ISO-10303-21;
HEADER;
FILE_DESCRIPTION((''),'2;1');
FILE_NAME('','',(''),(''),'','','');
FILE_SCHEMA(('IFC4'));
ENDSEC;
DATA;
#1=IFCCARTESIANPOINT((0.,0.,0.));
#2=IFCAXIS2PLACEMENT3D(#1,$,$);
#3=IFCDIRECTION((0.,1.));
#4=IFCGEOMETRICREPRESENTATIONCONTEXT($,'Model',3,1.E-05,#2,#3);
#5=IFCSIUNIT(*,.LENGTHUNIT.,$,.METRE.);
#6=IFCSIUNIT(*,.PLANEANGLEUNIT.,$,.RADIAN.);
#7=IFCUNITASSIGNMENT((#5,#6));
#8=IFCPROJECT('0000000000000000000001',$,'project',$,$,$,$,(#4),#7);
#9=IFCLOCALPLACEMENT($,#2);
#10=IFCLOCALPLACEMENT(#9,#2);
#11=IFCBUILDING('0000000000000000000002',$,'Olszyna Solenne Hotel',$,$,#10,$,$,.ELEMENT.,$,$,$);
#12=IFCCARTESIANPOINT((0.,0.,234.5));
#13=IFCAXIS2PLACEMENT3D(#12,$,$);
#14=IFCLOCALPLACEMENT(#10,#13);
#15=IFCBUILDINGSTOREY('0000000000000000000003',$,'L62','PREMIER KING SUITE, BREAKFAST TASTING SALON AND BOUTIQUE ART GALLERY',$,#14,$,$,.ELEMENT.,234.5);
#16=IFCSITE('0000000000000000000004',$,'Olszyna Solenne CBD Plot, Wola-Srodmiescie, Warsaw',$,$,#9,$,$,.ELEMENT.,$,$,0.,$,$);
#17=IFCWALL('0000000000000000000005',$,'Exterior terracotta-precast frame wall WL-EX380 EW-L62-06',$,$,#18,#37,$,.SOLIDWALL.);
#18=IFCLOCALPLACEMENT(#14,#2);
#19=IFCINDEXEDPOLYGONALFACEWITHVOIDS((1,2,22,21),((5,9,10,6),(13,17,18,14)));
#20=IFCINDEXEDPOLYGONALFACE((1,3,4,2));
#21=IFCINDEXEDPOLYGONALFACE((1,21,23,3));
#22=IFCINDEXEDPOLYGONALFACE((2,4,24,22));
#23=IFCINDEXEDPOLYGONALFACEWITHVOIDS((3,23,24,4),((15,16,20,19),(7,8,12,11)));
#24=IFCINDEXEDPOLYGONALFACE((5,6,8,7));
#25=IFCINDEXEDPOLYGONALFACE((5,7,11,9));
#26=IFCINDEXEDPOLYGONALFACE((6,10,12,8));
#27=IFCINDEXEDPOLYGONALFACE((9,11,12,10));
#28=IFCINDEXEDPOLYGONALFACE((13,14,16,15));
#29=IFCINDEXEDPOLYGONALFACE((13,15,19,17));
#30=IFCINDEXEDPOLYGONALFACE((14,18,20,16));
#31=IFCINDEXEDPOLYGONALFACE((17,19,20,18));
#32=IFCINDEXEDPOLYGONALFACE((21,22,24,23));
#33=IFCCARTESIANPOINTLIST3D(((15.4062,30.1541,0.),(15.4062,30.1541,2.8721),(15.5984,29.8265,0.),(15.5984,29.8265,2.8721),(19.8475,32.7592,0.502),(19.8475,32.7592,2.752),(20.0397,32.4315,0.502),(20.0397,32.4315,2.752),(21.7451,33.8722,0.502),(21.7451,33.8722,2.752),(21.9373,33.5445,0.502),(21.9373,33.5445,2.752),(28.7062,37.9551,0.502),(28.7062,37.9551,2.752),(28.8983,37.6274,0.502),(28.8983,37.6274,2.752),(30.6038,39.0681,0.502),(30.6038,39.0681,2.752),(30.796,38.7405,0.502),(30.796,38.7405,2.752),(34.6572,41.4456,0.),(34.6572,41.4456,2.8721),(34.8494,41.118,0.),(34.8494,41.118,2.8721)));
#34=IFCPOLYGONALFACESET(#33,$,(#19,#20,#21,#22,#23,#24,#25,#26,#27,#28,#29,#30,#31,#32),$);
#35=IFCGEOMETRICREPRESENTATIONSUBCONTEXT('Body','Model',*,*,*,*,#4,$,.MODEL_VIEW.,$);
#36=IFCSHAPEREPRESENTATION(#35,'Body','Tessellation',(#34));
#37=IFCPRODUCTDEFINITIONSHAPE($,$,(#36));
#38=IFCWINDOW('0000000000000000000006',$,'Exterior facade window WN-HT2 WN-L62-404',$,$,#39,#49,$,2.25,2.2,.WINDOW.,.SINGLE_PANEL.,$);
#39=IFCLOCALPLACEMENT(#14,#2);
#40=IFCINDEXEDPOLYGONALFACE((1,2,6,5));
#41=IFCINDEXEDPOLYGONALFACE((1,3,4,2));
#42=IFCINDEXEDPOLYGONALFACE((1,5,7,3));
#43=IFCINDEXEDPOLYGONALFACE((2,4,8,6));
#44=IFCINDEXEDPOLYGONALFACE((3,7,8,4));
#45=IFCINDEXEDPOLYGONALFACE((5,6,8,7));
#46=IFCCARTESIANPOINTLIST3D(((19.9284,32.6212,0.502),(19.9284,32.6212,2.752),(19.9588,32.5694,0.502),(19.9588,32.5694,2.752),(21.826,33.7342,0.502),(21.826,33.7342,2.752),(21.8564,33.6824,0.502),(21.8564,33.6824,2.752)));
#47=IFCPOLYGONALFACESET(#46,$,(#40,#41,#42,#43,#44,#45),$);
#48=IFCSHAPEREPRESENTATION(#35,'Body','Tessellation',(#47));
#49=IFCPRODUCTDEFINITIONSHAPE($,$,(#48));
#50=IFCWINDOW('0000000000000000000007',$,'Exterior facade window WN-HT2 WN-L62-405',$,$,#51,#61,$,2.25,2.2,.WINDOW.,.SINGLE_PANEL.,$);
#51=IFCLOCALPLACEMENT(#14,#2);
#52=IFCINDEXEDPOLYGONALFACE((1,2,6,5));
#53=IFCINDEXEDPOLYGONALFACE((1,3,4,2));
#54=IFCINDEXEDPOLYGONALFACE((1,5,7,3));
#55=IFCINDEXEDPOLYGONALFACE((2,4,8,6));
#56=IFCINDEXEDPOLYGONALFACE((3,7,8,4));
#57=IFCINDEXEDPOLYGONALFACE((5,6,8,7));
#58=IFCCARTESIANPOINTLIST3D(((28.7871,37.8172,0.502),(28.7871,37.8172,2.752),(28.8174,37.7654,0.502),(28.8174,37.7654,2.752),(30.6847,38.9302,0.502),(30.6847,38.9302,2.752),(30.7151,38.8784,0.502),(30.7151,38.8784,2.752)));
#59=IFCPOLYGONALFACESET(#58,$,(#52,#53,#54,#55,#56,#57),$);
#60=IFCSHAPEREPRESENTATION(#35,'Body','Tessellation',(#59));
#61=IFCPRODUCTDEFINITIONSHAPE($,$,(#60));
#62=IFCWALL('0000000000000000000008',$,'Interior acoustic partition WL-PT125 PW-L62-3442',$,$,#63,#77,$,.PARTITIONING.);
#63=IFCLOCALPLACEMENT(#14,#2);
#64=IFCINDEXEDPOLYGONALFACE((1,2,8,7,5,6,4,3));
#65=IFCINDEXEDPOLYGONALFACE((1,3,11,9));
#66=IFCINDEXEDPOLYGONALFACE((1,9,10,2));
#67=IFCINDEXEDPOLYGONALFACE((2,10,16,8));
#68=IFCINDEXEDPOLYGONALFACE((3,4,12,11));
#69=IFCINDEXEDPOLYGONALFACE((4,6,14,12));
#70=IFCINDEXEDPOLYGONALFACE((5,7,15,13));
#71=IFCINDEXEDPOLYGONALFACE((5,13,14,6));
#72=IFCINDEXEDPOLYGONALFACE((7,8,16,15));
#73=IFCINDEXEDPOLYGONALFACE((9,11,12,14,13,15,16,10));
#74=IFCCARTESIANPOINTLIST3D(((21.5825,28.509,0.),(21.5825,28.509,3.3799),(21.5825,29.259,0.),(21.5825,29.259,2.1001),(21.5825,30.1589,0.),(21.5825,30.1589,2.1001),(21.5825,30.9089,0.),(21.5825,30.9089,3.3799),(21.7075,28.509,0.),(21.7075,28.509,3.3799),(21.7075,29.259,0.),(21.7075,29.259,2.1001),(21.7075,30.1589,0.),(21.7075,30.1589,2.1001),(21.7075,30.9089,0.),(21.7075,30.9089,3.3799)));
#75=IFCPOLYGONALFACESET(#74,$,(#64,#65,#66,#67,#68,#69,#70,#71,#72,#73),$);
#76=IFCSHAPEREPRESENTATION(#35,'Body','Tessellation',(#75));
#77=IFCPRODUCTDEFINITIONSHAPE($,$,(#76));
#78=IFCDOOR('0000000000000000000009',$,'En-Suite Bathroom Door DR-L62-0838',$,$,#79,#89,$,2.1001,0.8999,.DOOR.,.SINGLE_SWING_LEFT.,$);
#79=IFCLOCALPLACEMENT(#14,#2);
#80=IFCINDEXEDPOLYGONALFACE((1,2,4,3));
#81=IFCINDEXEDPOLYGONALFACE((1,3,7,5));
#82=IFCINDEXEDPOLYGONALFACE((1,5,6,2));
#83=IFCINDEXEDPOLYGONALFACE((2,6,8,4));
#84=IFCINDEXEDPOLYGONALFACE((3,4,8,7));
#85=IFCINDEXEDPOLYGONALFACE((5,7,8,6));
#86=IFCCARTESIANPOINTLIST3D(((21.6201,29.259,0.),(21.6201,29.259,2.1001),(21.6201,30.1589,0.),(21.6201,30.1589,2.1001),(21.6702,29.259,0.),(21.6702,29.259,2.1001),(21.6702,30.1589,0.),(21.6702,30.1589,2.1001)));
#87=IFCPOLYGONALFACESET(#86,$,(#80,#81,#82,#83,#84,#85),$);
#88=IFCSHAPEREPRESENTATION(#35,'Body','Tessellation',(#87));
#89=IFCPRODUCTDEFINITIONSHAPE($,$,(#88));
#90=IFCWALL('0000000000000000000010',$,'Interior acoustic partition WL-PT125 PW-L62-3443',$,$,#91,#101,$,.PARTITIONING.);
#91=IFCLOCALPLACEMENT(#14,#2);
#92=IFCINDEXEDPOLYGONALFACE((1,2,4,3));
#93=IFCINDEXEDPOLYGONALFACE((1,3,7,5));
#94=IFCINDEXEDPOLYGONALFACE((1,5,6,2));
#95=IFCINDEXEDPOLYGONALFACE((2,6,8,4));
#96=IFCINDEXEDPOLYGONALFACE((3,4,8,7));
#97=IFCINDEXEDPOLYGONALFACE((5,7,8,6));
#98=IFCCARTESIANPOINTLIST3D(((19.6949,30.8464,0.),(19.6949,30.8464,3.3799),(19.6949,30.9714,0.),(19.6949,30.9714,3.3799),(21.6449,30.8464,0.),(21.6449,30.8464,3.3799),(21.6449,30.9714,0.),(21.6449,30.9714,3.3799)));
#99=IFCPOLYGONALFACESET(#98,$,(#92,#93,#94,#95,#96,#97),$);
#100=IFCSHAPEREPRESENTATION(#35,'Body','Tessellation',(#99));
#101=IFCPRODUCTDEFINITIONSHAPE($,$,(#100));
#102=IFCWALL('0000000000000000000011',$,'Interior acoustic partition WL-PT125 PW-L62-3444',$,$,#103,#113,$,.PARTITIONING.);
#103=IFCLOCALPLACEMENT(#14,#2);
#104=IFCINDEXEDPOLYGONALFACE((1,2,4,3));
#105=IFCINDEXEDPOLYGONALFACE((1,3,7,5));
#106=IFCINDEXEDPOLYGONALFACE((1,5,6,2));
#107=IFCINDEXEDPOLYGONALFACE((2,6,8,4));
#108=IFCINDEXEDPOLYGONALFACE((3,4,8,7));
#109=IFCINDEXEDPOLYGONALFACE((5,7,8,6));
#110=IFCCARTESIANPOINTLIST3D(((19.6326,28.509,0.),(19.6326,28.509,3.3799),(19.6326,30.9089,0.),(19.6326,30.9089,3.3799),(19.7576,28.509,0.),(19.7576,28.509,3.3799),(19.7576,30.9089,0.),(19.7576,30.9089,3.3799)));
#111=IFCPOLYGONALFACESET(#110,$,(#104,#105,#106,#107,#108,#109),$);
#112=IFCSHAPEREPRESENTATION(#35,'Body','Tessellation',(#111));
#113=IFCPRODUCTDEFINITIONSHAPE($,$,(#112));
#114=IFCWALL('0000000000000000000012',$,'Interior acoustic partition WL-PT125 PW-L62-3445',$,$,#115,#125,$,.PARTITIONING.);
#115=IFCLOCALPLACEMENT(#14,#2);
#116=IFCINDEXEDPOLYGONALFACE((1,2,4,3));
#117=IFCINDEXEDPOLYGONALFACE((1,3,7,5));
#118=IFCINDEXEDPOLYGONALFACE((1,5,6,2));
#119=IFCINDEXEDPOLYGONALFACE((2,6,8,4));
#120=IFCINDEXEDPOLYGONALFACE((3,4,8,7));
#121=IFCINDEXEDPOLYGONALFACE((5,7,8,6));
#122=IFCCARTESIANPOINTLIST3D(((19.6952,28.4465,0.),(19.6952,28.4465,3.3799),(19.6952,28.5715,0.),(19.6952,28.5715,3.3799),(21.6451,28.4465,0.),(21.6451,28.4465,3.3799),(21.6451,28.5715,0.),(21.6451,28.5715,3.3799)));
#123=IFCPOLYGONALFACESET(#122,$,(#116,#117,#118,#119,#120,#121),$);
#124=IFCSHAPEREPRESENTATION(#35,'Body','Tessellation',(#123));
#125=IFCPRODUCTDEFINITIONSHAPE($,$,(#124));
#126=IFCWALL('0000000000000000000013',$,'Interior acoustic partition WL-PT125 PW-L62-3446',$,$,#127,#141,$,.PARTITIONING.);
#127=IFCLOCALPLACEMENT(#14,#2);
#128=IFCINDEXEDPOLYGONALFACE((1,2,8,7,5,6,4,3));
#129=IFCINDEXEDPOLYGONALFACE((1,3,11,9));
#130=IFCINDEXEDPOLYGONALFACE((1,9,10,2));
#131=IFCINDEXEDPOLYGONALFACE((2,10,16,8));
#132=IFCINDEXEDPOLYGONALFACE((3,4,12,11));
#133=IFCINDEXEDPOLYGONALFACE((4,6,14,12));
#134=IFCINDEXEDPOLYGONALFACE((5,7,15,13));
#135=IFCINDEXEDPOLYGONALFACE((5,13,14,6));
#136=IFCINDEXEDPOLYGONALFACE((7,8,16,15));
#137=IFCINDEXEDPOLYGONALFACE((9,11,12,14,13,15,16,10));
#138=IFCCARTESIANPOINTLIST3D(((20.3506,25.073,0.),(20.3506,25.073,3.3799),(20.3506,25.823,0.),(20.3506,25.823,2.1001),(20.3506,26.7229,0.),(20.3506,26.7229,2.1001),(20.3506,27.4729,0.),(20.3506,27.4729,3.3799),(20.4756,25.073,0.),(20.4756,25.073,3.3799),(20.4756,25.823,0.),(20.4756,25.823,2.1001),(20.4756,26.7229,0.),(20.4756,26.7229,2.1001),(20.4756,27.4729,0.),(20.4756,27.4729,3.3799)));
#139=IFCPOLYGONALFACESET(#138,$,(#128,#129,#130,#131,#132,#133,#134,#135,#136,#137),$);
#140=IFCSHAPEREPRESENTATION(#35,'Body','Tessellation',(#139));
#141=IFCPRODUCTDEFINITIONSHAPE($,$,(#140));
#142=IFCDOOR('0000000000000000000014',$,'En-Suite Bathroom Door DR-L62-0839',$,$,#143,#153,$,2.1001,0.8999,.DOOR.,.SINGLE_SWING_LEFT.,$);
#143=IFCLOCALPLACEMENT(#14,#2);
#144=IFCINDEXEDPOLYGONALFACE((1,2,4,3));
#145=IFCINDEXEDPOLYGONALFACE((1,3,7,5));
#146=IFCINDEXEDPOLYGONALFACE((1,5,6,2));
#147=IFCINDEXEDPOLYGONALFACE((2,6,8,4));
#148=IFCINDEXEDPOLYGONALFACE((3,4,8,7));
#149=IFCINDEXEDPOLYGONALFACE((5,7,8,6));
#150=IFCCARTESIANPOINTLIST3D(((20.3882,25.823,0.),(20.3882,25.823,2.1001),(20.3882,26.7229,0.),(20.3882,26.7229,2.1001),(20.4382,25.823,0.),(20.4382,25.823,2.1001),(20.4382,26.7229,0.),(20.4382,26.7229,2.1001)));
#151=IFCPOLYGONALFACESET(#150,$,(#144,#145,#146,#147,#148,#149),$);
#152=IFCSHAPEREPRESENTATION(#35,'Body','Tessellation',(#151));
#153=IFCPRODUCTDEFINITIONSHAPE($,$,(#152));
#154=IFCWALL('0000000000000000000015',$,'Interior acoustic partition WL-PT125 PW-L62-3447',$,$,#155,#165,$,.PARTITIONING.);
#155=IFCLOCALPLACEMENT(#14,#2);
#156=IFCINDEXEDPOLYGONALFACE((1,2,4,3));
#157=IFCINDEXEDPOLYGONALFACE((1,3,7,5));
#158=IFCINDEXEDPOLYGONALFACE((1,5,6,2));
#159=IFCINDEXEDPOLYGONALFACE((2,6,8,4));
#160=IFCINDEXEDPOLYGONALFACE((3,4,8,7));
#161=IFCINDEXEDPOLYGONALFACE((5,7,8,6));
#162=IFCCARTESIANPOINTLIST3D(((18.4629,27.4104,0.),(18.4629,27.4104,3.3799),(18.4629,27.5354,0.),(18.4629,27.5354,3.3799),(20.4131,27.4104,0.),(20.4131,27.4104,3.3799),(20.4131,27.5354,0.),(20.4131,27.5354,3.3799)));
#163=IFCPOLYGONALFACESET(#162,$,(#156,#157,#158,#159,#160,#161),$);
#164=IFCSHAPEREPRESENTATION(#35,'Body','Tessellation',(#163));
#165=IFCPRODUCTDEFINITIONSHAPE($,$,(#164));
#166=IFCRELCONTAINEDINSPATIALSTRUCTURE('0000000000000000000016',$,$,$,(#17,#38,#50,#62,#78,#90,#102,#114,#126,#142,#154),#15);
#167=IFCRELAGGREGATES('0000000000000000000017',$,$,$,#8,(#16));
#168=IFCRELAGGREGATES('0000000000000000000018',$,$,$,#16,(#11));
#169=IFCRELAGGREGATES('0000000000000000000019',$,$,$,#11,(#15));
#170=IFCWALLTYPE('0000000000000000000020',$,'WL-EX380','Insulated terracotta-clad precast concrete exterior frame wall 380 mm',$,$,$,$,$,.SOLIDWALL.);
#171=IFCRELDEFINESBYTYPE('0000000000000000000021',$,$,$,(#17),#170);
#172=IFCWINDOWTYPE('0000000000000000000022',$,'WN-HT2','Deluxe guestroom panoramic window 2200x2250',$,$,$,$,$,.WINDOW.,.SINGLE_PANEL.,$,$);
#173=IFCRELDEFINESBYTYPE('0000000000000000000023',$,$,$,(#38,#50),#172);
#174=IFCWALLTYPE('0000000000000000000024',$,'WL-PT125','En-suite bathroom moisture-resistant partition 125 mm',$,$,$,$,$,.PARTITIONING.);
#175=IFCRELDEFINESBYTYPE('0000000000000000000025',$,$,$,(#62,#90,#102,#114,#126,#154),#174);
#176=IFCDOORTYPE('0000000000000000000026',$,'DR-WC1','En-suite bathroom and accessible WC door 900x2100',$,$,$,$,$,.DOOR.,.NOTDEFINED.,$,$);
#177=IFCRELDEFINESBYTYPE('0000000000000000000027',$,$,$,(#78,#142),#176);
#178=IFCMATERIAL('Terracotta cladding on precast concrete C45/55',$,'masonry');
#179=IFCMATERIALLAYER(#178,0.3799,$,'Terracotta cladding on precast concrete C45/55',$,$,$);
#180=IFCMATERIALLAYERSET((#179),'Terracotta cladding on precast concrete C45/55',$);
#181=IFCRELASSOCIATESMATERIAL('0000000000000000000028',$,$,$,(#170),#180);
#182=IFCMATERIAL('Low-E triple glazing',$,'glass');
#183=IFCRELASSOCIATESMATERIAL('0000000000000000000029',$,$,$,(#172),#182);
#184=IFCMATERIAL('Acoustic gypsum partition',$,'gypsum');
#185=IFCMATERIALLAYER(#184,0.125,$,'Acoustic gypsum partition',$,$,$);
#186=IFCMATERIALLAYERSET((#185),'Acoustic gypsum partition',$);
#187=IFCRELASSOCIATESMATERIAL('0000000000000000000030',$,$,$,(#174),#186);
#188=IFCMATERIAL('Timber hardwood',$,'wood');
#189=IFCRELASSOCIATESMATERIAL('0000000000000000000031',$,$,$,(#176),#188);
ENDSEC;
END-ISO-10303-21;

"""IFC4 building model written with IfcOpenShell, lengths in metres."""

from ifc_helpers import new_model, si_unit, direction, frame, frame_2d, origin, place, context, subcontext, project, spatial, rectangle, extrude, source, transform, mapped, material, layer, layer_set, type_object, type_shapes, element, fill, save


model = new_model("IFC4")

# Units and contexts
model_context = context("Model", 3, precision=1e-05, world=origin(), true_north=direction((0.0, 1.0)))
body_context = subcontext(model_context, "Body", "Model", "MODEL_VIEW")
ifc_project = project(units=[si_unit("LENGTHUNIT", "METRE"), si_unit("PLANEANGLEUNIT", "RADIAN")], contexts=[model_context])

# Site, building, storey
site_placement = place(None, origin())
site = spatial("IfcSite", under=ifc_project, at=site_placement, Name="Olszyna Solenne CBD Plot, Wola-Srodmiescie, Warsaw", CompositionType="ELEMENT", RefElevation=0.0)
building_placement = place(site_placement, origin())
building = spatial("IfcBuilding", under=site, at=building_placement, Name="Olszyna Solenne Hotel", CompositionType="ELEMENT")
storey_placement = place(building_placement, frame((0.0, 0.0, 234.5)))
storey = spatial("IfcBuildingStorey", under=building, at=storey_placement, Name="L62", Description="PREMIER KING SUITE, BREAKFAST TASTING SALON AND BOUTIQUE ART GALLERY", CompositionType="ELEMENT", Elevation=234.5)

# Shared definitions
ifc_material_1 = material(Name="Terracotta cladding on precast concrete C45/55", Category="masonry")
ifc_layer_1 = layer(ifc_material_1, 0.3799, Name="Terracotta cladding on precast concrete C45/55")
ifc_layer_set_1 = layer_set([ifc_layer_1], Name="Terracotta cladding on precast concrete C45/55")
wall_type_1 = type_object("IfcWallType", Name="WL-EX380", Description="Insulated terracotta-clad precast concrete exterior frame wall 380 mm", PredefinedType="SOLIDWALL", material=ifc_layer_set_1)

# Wall, openings, windows
wall_1_placement = place(storey_placement, frame((15.5022, 29.9902, 0.0), z_axis=(0.0, 0.0, 1.0), x_axis=(0.862572, 0.505935, 0.0)))
wall_1 = element("IfcWall", 1, at=wall_1_placement, inside=storey, type_object=wall_type_1, Name="Exterior terracotta-precast frame wall WL-EX380 EW-L62-06", PredefinedType="SOLIDWALL", context=body_context, shape_type="SweptSolid", body=[
    extrude(rectangle(XDim=22.3181, YDim=0.3799, at=frame_2d((11.1592, 0.0))), origin(), (0.0, 0.0, 1.0), 2.8721),
])
opening_1_placement = place(wall_1_placement, frame((5.1489, 0.0, 0.502)))
opening_1 = element("IfcOpeningElement", 2, at=opening_1_placement, cuts=wall_1, PredefinedType="OPENING", context=body_context, shape_type="SweptSolid", body=[
    extrude(rectangle(XDim=2.2, YDim=2.25, at=frame_2d((1.1001, 1.125))), frame((0.0, 0.2, 0.0), z_axis=(0.0, -1.0, 0.0), x_axis=(1.0, 0.0, 0.0)), (0.0, 0.0, 1.0), 0.3999),
])
opening_2_placement = place(wall_1_placement, frame((15.4189, 0.0, 0.502)))
opening_2 = element("IfcOpeningElement", 3, at=opening_2_placement, cuts=wall_1, PredefinedType="OPENING", context=body_context, shape_type="SweptSolid", body=[
    extrude(rectangle(XDim=2.2, YDim=2.25, at=frame_2d((1.1001, 1.125))), frame((0.0, 0.2, 0.0), z_axis=(0.0, -1.0, 0.0), x_axis=(1.0, 0.0, 0.0)), (0.0, 0.0, 1.0), 0.3999),
])
ifc_material_2 = material(Name="Low-E triple glazing", Category="glass")
window_type = type_object("IfcWindowType", Name="WN-HT2", Description="Deluxe guestroom panoramic window 2200x2250", PartitioningType="SINGLE_PANEL", PredefinedType="WINDOW", material=ifc_material_2)
shared_shape_1 = source(origin(), body_context, "Body", "SweptSolid", [
    extrude(rectangle(XDim=2.2, YDim=2.25, at=frame_2d((1.1001, 1.125))), frame((0.0, 0.03, 0.0), z_axis=(0.0, -1.0, 0.0), x_axis=(1.0, 0.0, 0.0)), (0.0, 0.0, 1.0), 0.0601),
])
type_shapes(window_type, [shared_shape_1])
window_1_placement = place(opening_1_placement, origin())
window_1 = element("IfcWindow", 4, at=window_1_placement, inside=storey, type_object=window_type, Name="Exterior facade window WN-HT2 WN-L62-404", OverallHeight=2.25, OverallWidth=2.2, PartitioningType="SINGLE_PANEL", PredefinedType="WINDOW", context=body_context, shape_type="MappedRepresentation", body=[
    mapped(shared_shape_1, transform((0.0, 0.0, 0.0), x_axis=(1.0, 0.0, 0.0), y_axis=(0.0, 1.0, 0.0), z_axis=(0.0, 0.0, 1.0), scale=1.0)),
])
fill(opening_1, window_1)
window_2_placement = place(opening_2_placement, origin())
window_2 = element("IfcWindow", 5, at=window_2_placement, inside=storey, type_object=window_type, Name="Exterior facade window WN-HT2 WN-L62-405", OverallHeight=2.25, OverallWidth=2.2, PartitioningType="SINGLE_PANEL", PredefinedType="WINDOW", context=body_context, shape_type="MappedRepresentation", body=[
    mapped(shared_shape_1, transform((0.0, 0.0, 0.0), x_axis=(1.0, 0.0, 0.0), y_axis=(0.0, 1.0, 0.0), z_axis=(0.0, 0.0, 1.0), scale=1.0)),
])
fill(opening_2, window_2)

# Wall, opening, door
ifc_material_3 = material(Name="Acoustic gypsum partition", Category="gypsum")
ifc_layer_2 = layer(ifc_material_3, 0.125, Name="Acoustic gypsum partition")
ifc_layer_set_2 = layer_set([ifc_layer_2], Name="Acoustic gypsum partition")
wall_type_2 = type_object("IfcWallType", Name="WL-PT125", Description="En-suite bathroom moisture-resistant partition 125 mm", PredefinedType="PARTITIONING", material=ifc_layer_set_2)
wall_2_placement = place(storey_placement, frame((21.645, 28.509, 0.0), z_axis=(0.0, 0.0, 1.0), x_axis=(0.0, 1.0, 0.0)))
wall_2 = element("IfcWall", 6, at=wall_2_placement, inside=storey, type_object=wall_type_2, Name="Interior acoustic partition WL-PT125 PW-L62-3442", PredefinedType="PARTITIONING", context=body_context, shape_type="SweptSolid", body=[
    extrude(rectangle(XDim=2.3999, YDim=0.125, at=frame_2d((1.2, 0.0))), origin(), (0.0, 0.0, 1.0), 3.3799),
])
opening_3_placement = place(wall_2_placement, frame((0.75, 0.0, 0.0)))
opening_3 = element("IfcOpeningElement", 7, at=opening_3_placement, cuts=wall_2, PredefinedType="OPENING", context=body_context, shape_type="SweptSolid", body=[
    extrude(rectangle(XDim=0.8999, YDim=2.1001, at=frame_2d((0.45, 1.05))), frame((0.0, 0.0725, 0.0), z_axis=(0.0, -1.0, 0.0), x_axis=(1.0, 0.0, 0.0)), (0.0, 0.0, 1.0), 0.145),
])
ifc_material_4 = material(Name="Timber hardwood", Category="wood")
door_type = type_object("IfcDoorType", Name="DR-WC1", Description="En-suite bathroom and accessible WC door 900x2100", OperationType="NOTDEFINED", PredefinedType="DOOR", material=ifc_material_4)
shared_shape_2 = source(origin(), body_context, "Body", "SweptSolid", [
    extrude(rectangle(XDim=0.8999, YDim=2.1001, at=frame_2d((0.45, 1.05))), frame((0.0, 0.0249, 0.0), z_axis=(0.0, -1.0, 0.0), x_axis=(1.0, 0.0, 0.0)), (0.0, 0.0, 1.0), 0.05),
])
type_shapes(door_type, [shared_shape_2])
door_1_placement = place(opening_3_placement, origin())
door_1 = element("IfcDoor", 8, at=door_1_placement, inside=storey, type_object=door_type, Name="En-Suite Bathroom Door DR-L62-0838", OperationType="SINGLE_SWING_LEFT", OverallHeight=2.1001, OverallWidth=0.8999, PredefinedType="DOOR", context=body_context, shape_type="MappedRepresentation", body=[
    mapped(shared_shape_2, transform((0.0, 0.0, 0.0), x_axis=(1.0, 0.0, 0.0), y_axis=(0.0, 1.0, 0.0), z_axis=(0.0, 0.0, 1.0), scale=1.0)),
])
fill(opening_3, door_1)

# Walls
wall_3_placement = place(storey_placement, frame((21.645, 30.9089, 0.0), z_axis=(0.0, 0.0, 1.0), x_axis=(-1.0, 0.0, 0.0)))
element("IfcWall", 9, at=wall_3_placement, inside=storey, type_object=wall_type_2, Name="Interior acoustic partition WL-PT125 PW-L62-3443", PredefinedType="PARTITIONING", context=body_context, shape_type="SweptSolid", body=[
    extrude(rectangle(XDim=1.95, YDim=0.125, at=frame_2d((0.9751, 0.0))), origin(), (0.0, 0.0, 1.0), 3.3799),
])
wall_4_placement = place(storey_placement, frame((19.6951, 30.9089, 0.0), z_axis=(0.0, 0.0, 1.0), x_axis=(0.0, -1.0, 0.0)))
element("IfcWall", 10, at=wall_4_placement, inside=storey, type_object=wall_type_2, Name="Interior acoustic partition WL-PT125 PW-L62-3444", PredefinedType="PARTITIONING", context=body_context, shape_type="SweptSolid", body=[
    extrude(rectangle(XDim=2.3999, YDim=0.125, at=frame_2d((1.2, 0.0))), origin(), (0.0, 0.0, 1.0), 3.3799),
])
wall_5_placement = place(storey_placement, frame((19.6951, 28.509, 0.0), z_axis=(0.0, 0.0, 1.0), x_axis=(1.0, 0.0, 0.0)))
element("IfcWall", 11, at=wall_5_placement, inside=storey, type_object=wall_type_2, Name="Interior acoustic partition WL-PT125 PW-L62-3445", PredefinedType="PARTITIONING", context=body_context, shape_type="SweptSolid", body=[
    extrude(rectangle(XDim=1.95, YDim=0.125, at=frame_2d((0.9751, 0.0))), origin(), (0.0, 0.0, 1.0), 3.3799),
])

# Wall, opening, door
wall_6_placement = place(storey_placement, frame((20.4131, 25.073, 0.0), z_axis=(0.0, 0.0, 1.0), x_axis=(0.0, 1.0, 0.0)))
wall_6 = element("IfcWall", 12, at=wall_6_placement, inside=storey, type_object=wall_type_2, Name="Interior acoustic partition WL-PT125 PW-L62-3446", PredefinedType="PARTITIONING", context=body_context, shape_type="SweptSolid", body=[
    extrude(rectangle(XDim=2.3999, YDim=0.125, at=frame_2d((1.2, 0.0))), origin(), (0.0, 0.0, 1.0), 3.3799),
])
opening_4_placement = place(wall_6_placement, frame((0.75, 0.0, 0.0)))
opening_4 = element("IfcOpeningElement", 13, at=opening_4_placement, cuts=wall_6, PredefinedType="OPENING", context=body_context, shape_type="SweptSolid", body=[
    extrude(rectangle(XDim=0.8999, YDim=2.1001, at=frame_2d((0.45, 1.05))), frame((0.0, 0.0725, 0.0), z_axis=(0.0, -1.0, 0.0), x_axis=(1.0, 0.0, 0.0)), (0.0, 0.0, 1.0), 0.145),
])
door_2_placement = place(opening_4_placement, origin())
door_2 = element("IfcDoor", 14, at=door_2_placement, inside=storey, type_object=door_type, Name="En-Suite Bathroom Door DR-L62-0839", OperationType="SINGLE_SWING_LEFT", OverallHeight=2.1001, OverallWidth=0.8999, PredefinedType="DOOR", context=body_context, shape_type="MappedRepresentation", body=[
    mapped(shared_shape_2, transform((0.0, 0.0, 0.0), x_axis=(1.0, 0.0, 0.0), y_axis=(0.0, 1.0, 0.0), z_axis=(0.0, 0.0, 1.0), scale=1.0)),
])
fill(opening_4, door_2)

# Wall
wall_7_placement = place(storey_placement, frame((20.4131, 27.4729, 0.0), z_axis=(0.0, 0.0, 1.0), x_axis=(-1.0, 0.0, 0.0)))
element("IfcWall", 15, at=wall_7_placement, inside=storey, type_object=wall_type_2, Name="Interior acoustic partition WL-PT125 PW-L62-3447", PredefinedType="PARTITIONING", context=body_context, shape_type="SweptSolid", body=[
    extrude(rectangle(XDim=1.9502, YDim=0.125, at=frame_2d((0.9751, 0.0))), origin(), (0.0, 0.0, 1.0), 3.3799),
])

save(model, "model.ifc")
